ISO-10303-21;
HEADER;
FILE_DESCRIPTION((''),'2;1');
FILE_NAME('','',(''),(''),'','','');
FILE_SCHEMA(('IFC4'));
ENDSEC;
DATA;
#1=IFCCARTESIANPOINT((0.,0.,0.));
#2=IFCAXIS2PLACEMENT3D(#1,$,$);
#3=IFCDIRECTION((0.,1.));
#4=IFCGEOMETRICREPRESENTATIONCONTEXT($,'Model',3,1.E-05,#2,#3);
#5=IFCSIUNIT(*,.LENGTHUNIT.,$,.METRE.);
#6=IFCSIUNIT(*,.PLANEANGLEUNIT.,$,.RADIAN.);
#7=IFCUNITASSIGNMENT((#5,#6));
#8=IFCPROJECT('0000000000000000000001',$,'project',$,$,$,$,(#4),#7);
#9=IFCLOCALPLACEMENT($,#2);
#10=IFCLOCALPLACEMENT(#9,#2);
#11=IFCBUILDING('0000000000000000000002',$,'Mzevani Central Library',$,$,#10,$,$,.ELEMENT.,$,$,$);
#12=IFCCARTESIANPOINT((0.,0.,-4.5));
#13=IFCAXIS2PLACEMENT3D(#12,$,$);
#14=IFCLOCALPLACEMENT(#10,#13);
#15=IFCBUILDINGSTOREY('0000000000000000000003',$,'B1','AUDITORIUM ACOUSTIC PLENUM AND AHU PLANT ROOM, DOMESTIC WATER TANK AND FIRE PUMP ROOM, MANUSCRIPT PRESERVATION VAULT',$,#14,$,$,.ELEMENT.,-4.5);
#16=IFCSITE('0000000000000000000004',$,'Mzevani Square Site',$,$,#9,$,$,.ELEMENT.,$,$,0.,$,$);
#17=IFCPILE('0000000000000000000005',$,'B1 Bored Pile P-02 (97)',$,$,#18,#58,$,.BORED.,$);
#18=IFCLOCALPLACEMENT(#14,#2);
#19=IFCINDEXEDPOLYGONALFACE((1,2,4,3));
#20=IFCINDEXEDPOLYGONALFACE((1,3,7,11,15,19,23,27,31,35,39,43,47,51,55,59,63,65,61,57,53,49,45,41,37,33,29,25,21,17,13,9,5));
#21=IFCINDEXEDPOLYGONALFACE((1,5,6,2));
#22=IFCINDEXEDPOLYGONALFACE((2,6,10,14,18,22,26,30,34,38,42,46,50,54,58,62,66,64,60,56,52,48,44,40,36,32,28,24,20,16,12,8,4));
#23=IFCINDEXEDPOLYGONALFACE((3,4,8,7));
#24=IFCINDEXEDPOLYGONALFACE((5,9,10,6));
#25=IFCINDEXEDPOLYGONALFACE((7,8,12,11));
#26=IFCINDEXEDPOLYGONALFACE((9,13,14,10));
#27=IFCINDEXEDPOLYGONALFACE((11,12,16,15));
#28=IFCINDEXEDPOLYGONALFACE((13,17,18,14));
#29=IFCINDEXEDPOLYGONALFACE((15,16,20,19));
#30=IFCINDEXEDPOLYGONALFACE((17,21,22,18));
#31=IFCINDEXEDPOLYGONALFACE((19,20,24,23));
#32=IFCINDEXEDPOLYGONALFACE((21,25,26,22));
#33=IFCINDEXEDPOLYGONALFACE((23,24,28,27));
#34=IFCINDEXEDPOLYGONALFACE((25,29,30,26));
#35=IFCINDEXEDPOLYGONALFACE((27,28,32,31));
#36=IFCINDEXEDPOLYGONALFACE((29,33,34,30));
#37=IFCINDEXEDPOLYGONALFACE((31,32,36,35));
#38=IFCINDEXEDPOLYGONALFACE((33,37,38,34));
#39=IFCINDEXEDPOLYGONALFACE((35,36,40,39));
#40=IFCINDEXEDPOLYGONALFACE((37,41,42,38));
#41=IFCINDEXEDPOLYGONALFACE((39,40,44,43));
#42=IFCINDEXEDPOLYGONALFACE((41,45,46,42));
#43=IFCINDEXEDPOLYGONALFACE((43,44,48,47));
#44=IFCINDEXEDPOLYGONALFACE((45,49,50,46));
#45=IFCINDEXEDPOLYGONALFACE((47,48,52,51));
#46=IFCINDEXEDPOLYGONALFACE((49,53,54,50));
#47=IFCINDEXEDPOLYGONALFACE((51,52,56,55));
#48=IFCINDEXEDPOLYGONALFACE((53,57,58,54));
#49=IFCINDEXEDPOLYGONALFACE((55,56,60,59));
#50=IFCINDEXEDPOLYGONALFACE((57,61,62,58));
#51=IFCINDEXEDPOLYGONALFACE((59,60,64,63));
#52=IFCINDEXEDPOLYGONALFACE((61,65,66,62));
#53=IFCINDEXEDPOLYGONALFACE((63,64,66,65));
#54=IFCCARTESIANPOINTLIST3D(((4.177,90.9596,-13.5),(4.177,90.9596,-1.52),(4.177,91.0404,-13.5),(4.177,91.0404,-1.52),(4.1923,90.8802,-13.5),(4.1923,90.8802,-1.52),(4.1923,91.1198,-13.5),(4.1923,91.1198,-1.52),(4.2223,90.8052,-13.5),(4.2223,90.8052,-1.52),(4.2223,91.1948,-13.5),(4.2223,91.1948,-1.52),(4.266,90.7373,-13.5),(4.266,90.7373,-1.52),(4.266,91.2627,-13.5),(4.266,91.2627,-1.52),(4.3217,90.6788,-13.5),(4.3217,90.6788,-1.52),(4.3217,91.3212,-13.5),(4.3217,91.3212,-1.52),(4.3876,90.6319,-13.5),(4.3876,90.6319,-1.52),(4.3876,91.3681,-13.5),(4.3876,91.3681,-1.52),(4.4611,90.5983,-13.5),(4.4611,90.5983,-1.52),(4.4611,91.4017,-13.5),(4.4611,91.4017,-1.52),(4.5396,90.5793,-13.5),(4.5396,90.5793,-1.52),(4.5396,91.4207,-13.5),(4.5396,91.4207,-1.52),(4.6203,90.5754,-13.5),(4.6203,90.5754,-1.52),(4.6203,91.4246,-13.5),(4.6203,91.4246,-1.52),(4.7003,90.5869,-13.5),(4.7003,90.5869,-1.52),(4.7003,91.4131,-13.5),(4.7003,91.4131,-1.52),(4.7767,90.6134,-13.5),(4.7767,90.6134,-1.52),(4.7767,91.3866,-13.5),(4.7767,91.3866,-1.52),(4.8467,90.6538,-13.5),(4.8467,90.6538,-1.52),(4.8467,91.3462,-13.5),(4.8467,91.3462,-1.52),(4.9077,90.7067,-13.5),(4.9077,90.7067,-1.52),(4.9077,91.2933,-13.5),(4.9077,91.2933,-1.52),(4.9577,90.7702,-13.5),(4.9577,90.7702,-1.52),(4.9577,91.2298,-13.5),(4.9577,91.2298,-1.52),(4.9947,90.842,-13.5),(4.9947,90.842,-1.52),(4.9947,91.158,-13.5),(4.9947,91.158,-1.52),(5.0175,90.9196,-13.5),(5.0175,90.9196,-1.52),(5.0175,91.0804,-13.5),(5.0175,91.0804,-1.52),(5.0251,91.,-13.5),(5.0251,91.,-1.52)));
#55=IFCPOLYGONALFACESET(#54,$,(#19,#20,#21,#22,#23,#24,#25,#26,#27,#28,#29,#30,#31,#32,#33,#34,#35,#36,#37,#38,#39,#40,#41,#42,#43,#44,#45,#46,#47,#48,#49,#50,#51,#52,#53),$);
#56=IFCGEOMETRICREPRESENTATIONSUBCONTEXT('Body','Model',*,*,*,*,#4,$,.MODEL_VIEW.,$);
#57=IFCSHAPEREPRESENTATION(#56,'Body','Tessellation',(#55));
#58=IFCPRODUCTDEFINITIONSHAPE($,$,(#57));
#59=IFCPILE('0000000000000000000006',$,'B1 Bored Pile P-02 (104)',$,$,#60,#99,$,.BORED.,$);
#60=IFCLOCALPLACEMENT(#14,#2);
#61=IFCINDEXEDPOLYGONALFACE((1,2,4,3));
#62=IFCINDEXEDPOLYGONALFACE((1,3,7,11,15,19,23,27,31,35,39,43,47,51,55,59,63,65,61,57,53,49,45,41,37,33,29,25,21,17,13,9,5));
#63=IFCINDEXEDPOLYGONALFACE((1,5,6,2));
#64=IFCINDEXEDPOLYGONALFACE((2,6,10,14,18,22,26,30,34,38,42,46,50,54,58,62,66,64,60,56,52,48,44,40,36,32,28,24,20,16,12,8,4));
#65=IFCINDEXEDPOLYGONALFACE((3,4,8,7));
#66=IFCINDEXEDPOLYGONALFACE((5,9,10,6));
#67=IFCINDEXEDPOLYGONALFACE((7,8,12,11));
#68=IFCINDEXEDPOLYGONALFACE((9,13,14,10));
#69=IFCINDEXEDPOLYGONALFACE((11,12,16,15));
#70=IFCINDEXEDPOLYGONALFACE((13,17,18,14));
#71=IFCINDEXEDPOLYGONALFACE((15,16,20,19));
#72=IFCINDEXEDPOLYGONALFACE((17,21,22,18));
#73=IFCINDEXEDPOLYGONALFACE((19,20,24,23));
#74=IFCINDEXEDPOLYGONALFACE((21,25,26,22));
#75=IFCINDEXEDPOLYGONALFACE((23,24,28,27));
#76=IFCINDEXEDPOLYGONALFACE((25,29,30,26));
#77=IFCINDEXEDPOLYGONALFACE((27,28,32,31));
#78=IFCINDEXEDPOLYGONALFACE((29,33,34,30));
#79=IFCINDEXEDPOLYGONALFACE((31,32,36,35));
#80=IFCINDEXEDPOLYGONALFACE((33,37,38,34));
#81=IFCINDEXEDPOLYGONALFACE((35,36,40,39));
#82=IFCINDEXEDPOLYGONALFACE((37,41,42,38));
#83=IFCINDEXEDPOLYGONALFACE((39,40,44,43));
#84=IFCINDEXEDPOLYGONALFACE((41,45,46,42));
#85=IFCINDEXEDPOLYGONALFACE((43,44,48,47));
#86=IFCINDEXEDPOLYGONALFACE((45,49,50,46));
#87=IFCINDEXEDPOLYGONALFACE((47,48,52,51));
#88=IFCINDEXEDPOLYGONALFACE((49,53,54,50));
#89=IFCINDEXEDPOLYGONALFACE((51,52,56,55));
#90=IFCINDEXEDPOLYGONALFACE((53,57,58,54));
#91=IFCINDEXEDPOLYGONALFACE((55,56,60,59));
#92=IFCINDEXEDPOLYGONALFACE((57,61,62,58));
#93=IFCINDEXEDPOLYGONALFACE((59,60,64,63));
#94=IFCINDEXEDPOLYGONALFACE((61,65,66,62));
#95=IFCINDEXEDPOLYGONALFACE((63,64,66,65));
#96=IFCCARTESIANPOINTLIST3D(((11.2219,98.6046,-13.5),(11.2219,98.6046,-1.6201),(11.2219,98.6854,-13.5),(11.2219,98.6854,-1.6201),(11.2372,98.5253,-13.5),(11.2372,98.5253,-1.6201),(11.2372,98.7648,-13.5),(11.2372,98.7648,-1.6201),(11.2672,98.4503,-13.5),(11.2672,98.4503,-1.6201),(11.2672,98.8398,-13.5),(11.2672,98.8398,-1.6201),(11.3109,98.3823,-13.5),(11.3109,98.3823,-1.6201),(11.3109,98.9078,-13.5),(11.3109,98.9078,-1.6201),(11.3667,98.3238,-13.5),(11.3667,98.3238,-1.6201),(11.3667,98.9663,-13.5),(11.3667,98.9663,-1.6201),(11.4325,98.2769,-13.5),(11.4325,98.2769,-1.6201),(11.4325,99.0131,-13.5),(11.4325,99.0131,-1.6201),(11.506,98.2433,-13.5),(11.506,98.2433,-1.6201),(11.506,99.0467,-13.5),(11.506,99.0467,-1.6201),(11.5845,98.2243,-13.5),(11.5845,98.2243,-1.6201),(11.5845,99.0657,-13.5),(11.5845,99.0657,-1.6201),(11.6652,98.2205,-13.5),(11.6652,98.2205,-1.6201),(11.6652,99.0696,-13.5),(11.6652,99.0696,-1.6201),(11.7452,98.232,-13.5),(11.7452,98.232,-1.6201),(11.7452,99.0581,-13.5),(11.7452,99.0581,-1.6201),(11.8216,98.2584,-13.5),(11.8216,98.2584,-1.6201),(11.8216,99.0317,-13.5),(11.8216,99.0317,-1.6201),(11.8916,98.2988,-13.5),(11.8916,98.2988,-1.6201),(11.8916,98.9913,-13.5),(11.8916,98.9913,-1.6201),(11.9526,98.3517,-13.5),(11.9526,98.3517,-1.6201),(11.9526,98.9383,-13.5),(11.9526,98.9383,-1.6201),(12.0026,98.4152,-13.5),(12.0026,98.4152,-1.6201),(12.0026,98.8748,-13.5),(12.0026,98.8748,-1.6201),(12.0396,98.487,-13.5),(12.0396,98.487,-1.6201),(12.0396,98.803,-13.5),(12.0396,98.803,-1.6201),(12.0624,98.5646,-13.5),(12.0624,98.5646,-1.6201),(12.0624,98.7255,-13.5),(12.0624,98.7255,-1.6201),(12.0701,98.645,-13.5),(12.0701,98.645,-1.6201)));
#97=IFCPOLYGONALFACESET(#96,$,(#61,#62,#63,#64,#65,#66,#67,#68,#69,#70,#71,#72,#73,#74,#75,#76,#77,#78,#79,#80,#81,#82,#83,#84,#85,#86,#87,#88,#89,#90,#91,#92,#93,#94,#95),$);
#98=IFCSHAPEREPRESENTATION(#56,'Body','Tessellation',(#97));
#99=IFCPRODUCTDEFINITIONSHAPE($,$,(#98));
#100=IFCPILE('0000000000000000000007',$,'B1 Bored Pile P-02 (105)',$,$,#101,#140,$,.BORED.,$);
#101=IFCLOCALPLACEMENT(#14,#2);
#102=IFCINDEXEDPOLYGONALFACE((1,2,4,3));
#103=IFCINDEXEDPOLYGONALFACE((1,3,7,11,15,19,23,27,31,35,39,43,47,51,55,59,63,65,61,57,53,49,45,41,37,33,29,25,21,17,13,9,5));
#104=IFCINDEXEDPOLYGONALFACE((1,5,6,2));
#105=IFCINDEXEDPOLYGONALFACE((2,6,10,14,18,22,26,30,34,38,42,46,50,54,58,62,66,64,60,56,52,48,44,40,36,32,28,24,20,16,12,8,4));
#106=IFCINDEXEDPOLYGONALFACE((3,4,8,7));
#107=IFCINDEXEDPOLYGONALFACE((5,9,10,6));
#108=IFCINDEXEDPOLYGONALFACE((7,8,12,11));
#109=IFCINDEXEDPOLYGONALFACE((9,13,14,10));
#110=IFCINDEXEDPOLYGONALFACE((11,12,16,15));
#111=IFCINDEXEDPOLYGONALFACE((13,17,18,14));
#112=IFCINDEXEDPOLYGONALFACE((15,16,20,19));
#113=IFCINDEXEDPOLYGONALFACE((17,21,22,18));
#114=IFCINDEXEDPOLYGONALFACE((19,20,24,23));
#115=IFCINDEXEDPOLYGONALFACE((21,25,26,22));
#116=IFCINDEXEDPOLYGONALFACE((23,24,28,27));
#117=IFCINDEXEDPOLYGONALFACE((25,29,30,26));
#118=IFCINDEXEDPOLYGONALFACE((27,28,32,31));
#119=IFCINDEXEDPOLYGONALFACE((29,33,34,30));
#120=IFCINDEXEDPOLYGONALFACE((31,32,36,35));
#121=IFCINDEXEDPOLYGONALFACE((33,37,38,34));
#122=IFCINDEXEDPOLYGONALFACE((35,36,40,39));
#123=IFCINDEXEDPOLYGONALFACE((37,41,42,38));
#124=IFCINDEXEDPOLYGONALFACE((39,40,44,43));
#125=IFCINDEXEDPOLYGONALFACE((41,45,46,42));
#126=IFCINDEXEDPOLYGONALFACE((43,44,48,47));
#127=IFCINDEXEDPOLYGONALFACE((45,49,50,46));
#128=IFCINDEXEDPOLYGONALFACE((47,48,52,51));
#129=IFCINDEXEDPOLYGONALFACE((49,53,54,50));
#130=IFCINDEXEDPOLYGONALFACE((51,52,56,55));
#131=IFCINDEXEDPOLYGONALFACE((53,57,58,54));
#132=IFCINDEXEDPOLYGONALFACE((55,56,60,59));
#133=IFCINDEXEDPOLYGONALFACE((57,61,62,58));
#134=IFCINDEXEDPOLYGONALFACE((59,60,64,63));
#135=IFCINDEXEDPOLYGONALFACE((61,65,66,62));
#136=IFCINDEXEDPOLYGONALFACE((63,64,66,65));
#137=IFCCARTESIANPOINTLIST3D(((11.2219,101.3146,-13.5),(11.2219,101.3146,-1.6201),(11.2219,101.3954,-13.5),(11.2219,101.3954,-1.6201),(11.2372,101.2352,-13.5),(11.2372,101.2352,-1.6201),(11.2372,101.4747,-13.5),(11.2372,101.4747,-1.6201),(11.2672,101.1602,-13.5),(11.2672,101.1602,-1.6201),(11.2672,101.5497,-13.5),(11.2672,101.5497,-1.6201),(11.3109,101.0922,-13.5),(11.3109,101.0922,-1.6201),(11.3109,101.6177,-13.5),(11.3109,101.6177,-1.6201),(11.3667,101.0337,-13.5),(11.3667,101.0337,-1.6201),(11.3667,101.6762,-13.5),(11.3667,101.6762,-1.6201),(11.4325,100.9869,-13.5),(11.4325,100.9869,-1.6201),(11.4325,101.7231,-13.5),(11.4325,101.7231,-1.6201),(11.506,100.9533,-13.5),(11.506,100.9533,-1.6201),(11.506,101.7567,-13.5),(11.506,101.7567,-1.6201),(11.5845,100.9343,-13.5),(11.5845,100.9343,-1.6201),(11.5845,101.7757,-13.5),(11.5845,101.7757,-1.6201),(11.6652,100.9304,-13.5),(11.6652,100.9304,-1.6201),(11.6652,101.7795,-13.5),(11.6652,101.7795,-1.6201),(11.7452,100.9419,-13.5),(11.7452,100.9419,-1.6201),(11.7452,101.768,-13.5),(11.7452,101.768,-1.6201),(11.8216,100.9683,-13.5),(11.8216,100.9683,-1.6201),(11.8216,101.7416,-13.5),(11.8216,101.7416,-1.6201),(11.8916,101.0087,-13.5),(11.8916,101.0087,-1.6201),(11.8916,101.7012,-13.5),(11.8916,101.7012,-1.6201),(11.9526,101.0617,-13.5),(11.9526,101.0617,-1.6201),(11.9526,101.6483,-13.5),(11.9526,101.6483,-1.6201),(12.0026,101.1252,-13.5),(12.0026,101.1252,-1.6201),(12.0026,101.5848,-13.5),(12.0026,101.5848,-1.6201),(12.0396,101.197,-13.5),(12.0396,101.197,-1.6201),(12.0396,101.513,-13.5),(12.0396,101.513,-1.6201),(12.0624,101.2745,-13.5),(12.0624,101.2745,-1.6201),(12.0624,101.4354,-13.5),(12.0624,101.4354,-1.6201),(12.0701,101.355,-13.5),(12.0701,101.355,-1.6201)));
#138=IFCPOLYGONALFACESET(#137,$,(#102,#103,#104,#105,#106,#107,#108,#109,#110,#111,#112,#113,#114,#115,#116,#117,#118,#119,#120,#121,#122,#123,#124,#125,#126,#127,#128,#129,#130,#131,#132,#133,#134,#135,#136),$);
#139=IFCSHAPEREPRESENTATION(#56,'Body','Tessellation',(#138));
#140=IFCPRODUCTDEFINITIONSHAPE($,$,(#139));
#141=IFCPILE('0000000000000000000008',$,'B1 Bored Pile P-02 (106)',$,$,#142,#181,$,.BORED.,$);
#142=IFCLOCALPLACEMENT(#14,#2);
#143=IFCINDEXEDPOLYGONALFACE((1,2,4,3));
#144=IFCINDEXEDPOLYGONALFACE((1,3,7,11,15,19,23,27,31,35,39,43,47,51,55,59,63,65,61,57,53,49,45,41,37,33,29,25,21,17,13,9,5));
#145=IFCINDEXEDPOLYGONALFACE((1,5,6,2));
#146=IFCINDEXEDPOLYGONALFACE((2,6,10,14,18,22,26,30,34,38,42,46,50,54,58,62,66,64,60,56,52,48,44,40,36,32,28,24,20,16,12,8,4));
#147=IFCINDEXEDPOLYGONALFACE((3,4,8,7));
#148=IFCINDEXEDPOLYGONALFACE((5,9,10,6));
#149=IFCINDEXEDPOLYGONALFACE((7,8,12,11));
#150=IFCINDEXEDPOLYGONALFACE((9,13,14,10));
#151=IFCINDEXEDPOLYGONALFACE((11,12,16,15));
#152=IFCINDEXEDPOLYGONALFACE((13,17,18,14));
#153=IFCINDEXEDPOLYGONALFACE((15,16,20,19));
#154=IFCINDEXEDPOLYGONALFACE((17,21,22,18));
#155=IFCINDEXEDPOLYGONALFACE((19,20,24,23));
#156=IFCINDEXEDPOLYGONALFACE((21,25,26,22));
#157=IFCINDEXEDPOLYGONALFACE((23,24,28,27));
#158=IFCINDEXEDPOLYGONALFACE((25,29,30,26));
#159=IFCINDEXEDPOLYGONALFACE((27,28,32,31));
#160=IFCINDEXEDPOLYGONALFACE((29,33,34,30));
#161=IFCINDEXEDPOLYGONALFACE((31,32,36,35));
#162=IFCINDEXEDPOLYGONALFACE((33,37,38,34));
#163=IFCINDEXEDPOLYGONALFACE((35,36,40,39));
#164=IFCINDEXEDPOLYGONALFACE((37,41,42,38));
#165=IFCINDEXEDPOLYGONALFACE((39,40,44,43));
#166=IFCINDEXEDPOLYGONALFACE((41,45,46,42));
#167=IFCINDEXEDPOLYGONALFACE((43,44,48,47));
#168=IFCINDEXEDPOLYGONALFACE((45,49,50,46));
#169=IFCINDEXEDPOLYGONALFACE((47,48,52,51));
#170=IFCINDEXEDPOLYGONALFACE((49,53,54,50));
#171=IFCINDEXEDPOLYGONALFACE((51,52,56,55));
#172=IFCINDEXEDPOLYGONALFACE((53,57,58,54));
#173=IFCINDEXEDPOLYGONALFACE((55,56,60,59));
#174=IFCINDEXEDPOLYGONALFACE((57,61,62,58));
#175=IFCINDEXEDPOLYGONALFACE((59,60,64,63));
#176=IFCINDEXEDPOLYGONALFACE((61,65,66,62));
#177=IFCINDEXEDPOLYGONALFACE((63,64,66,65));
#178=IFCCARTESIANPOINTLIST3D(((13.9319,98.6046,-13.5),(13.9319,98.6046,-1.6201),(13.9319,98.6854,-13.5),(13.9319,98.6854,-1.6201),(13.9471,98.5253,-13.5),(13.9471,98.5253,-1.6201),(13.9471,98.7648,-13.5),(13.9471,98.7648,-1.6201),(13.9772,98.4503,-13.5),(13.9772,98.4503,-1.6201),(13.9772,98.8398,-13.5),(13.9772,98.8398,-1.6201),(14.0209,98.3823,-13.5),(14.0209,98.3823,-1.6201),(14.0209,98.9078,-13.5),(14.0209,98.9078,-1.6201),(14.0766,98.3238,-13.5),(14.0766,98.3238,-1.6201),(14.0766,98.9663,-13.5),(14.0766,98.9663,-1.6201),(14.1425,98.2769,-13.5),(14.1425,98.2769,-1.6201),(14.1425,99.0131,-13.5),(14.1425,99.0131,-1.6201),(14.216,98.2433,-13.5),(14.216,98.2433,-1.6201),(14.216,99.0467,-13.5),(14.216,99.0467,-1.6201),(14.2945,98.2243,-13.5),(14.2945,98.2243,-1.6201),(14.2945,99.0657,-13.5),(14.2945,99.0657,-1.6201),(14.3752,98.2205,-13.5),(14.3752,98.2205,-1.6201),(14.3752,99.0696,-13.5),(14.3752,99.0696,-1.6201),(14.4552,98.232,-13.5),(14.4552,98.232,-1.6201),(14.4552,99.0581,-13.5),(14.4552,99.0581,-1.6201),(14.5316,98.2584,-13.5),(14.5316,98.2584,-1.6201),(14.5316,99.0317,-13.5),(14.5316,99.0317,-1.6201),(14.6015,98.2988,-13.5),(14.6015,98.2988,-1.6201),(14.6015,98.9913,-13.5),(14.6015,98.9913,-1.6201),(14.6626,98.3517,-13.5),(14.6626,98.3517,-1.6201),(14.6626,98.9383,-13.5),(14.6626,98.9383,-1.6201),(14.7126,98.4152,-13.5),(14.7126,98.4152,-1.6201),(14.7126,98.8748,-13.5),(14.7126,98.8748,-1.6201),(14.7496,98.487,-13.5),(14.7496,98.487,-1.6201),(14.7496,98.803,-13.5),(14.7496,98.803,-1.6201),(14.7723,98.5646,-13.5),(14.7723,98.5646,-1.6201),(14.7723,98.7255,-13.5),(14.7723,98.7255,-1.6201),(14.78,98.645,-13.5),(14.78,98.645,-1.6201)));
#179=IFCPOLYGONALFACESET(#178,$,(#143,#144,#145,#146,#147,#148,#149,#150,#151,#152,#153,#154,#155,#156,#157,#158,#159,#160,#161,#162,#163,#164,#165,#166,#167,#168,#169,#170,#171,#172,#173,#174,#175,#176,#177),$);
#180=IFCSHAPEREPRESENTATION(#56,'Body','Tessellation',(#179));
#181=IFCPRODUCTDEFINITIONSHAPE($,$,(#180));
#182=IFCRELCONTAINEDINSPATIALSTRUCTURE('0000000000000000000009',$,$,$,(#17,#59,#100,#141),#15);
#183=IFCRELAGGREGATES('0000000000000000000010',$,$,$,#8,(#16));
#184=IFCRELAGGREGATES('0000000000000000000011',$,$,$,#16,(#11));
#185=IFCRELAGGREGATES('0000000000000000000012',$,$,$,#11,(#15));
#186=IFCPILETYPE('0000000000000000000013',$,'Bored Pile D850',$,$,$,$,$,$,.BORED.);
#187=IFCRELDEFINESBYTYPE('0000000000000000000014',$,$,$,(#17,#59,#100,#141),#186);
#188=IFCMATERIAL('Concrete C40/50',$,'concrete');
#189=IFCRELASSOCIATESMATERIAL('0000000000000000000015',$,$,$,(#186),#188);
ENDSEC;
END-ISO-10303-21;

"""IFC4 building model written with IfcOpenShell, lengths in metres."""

from ifc_helpers import new_model, si_unit, direction, frame, origin, origin_2d, place, context, subcontext, project, spatial, circle, extrude, material, material_profile, profile_set, type_object, element, save


model = new_model("IFC4")

# Units and contexts
model_context = context("Model", 3, precision=1e-05, world=origin(), true_north=direction((0.0, 1.0)))
body_context = subcontext(model_context, "Body", "Model", "MODEL_VIEW")
ifc_project = project(units=[si_unit("LENGTHUNIT", "METRE"), si_unit("PLANEANGLEUNIT", "RADIAN")], contexts=[model_context])

# Site, building, storey
site_placement = place(None, origin())
site = spatial("IfcSite", under=ifc_project, at=site_placement, Name="Mzevani Square Site", CompositionType="ELEMENT", RefElevation=0.0)
building_placement = place(site_placement, origin())
building = spatial("IfcBuilding", under=site, at=building_placement, Name="Mzevani Central Library", CompositionType="ELEMENT")
storey_placement = place(building_placement, frame((0.0, 0.0, -4.5)))
storey = spatial("IfcBuildingStorey", under=building, at=storey_placement, Name="B1", Description="AUDITORIUM ACOUSTIC PLENUM AND AHU PLANT ROOM, DOMESTIC WATER TANK AND FIRE PUMP ROOM, MANUSCRIPT PRESERVATION VAULT", CompositionType="ELEMENT", Elevation=-4.5)

# Piles
ifc_material_1 = material(Name="Concrete C40/50", Category="concrete")
ifc_material_profile_1 = material_profile(ifc_material_1, circle(Radius=0.425, at=origin_2d()), Name="PILE D850")
ifc_profile_set_1 = profile_set([ifc_material_profile_1], Name="Concrete C40/50")
pile_type_1 = type_object("IfcPileType", Name="Bored Pile D850", PredefinedType="BORED", material=ifc_profile_set_1)
pile_1_placement = place(storey_placement, frame((4.6001, 91.0, -1.52), z_axis=(0.0, 0.0, -1.0), x_axis=(1.0, 0.0, 0.0)))
element("IfcPile", 1, at=pile_1_placement, inside=storey, type_object=pile_type_1, Name="B1 Bored Pile P-02 (97)", PredefinedType="BORED", context=body_context, shape_type="SweptSolid", body=[
    extrude(circle(Radius=0.425, at=origin_2d()), origin(), (0.0, 0.0, 1.0), 11.98),
])
for number, where, z_axis, x_axis, name in (
    (2, (11.645, 98.645, -1.6201), (0.0, 0.0, -1.0), (1.0, 0.0, 0.0), "B1 Bored Pile P-02 (104)"),
    (3, (11.645, 101.355, -1.6201), (0.0, 0.0, -1.0), (1.0, 0.0, 0.0), "B1 Bored Pile P-02 (105)"),
    (4, (14.355, 98.645, -1.6201), (0.0, 0.0, -1.0), (1.0, 0.0, 0.0), "B1 Bored Pile P-02 (106)"),
):
    element("IfcPile", number, at=place(storey_placement, frame(where, z_axis=z_axis, x_axis=x_axis)), inside=storey, type_object=pile_type_1, Name=name, PredefinedType="BORED", context=body_context, shape_type="SweptSolid", body=[
        extrude(circle(Radius=0.425, at=origin_2d()), origin(), (0.0, 0.0, 1.0), 11.8799),
    ])

save(model, "model.ifc")
